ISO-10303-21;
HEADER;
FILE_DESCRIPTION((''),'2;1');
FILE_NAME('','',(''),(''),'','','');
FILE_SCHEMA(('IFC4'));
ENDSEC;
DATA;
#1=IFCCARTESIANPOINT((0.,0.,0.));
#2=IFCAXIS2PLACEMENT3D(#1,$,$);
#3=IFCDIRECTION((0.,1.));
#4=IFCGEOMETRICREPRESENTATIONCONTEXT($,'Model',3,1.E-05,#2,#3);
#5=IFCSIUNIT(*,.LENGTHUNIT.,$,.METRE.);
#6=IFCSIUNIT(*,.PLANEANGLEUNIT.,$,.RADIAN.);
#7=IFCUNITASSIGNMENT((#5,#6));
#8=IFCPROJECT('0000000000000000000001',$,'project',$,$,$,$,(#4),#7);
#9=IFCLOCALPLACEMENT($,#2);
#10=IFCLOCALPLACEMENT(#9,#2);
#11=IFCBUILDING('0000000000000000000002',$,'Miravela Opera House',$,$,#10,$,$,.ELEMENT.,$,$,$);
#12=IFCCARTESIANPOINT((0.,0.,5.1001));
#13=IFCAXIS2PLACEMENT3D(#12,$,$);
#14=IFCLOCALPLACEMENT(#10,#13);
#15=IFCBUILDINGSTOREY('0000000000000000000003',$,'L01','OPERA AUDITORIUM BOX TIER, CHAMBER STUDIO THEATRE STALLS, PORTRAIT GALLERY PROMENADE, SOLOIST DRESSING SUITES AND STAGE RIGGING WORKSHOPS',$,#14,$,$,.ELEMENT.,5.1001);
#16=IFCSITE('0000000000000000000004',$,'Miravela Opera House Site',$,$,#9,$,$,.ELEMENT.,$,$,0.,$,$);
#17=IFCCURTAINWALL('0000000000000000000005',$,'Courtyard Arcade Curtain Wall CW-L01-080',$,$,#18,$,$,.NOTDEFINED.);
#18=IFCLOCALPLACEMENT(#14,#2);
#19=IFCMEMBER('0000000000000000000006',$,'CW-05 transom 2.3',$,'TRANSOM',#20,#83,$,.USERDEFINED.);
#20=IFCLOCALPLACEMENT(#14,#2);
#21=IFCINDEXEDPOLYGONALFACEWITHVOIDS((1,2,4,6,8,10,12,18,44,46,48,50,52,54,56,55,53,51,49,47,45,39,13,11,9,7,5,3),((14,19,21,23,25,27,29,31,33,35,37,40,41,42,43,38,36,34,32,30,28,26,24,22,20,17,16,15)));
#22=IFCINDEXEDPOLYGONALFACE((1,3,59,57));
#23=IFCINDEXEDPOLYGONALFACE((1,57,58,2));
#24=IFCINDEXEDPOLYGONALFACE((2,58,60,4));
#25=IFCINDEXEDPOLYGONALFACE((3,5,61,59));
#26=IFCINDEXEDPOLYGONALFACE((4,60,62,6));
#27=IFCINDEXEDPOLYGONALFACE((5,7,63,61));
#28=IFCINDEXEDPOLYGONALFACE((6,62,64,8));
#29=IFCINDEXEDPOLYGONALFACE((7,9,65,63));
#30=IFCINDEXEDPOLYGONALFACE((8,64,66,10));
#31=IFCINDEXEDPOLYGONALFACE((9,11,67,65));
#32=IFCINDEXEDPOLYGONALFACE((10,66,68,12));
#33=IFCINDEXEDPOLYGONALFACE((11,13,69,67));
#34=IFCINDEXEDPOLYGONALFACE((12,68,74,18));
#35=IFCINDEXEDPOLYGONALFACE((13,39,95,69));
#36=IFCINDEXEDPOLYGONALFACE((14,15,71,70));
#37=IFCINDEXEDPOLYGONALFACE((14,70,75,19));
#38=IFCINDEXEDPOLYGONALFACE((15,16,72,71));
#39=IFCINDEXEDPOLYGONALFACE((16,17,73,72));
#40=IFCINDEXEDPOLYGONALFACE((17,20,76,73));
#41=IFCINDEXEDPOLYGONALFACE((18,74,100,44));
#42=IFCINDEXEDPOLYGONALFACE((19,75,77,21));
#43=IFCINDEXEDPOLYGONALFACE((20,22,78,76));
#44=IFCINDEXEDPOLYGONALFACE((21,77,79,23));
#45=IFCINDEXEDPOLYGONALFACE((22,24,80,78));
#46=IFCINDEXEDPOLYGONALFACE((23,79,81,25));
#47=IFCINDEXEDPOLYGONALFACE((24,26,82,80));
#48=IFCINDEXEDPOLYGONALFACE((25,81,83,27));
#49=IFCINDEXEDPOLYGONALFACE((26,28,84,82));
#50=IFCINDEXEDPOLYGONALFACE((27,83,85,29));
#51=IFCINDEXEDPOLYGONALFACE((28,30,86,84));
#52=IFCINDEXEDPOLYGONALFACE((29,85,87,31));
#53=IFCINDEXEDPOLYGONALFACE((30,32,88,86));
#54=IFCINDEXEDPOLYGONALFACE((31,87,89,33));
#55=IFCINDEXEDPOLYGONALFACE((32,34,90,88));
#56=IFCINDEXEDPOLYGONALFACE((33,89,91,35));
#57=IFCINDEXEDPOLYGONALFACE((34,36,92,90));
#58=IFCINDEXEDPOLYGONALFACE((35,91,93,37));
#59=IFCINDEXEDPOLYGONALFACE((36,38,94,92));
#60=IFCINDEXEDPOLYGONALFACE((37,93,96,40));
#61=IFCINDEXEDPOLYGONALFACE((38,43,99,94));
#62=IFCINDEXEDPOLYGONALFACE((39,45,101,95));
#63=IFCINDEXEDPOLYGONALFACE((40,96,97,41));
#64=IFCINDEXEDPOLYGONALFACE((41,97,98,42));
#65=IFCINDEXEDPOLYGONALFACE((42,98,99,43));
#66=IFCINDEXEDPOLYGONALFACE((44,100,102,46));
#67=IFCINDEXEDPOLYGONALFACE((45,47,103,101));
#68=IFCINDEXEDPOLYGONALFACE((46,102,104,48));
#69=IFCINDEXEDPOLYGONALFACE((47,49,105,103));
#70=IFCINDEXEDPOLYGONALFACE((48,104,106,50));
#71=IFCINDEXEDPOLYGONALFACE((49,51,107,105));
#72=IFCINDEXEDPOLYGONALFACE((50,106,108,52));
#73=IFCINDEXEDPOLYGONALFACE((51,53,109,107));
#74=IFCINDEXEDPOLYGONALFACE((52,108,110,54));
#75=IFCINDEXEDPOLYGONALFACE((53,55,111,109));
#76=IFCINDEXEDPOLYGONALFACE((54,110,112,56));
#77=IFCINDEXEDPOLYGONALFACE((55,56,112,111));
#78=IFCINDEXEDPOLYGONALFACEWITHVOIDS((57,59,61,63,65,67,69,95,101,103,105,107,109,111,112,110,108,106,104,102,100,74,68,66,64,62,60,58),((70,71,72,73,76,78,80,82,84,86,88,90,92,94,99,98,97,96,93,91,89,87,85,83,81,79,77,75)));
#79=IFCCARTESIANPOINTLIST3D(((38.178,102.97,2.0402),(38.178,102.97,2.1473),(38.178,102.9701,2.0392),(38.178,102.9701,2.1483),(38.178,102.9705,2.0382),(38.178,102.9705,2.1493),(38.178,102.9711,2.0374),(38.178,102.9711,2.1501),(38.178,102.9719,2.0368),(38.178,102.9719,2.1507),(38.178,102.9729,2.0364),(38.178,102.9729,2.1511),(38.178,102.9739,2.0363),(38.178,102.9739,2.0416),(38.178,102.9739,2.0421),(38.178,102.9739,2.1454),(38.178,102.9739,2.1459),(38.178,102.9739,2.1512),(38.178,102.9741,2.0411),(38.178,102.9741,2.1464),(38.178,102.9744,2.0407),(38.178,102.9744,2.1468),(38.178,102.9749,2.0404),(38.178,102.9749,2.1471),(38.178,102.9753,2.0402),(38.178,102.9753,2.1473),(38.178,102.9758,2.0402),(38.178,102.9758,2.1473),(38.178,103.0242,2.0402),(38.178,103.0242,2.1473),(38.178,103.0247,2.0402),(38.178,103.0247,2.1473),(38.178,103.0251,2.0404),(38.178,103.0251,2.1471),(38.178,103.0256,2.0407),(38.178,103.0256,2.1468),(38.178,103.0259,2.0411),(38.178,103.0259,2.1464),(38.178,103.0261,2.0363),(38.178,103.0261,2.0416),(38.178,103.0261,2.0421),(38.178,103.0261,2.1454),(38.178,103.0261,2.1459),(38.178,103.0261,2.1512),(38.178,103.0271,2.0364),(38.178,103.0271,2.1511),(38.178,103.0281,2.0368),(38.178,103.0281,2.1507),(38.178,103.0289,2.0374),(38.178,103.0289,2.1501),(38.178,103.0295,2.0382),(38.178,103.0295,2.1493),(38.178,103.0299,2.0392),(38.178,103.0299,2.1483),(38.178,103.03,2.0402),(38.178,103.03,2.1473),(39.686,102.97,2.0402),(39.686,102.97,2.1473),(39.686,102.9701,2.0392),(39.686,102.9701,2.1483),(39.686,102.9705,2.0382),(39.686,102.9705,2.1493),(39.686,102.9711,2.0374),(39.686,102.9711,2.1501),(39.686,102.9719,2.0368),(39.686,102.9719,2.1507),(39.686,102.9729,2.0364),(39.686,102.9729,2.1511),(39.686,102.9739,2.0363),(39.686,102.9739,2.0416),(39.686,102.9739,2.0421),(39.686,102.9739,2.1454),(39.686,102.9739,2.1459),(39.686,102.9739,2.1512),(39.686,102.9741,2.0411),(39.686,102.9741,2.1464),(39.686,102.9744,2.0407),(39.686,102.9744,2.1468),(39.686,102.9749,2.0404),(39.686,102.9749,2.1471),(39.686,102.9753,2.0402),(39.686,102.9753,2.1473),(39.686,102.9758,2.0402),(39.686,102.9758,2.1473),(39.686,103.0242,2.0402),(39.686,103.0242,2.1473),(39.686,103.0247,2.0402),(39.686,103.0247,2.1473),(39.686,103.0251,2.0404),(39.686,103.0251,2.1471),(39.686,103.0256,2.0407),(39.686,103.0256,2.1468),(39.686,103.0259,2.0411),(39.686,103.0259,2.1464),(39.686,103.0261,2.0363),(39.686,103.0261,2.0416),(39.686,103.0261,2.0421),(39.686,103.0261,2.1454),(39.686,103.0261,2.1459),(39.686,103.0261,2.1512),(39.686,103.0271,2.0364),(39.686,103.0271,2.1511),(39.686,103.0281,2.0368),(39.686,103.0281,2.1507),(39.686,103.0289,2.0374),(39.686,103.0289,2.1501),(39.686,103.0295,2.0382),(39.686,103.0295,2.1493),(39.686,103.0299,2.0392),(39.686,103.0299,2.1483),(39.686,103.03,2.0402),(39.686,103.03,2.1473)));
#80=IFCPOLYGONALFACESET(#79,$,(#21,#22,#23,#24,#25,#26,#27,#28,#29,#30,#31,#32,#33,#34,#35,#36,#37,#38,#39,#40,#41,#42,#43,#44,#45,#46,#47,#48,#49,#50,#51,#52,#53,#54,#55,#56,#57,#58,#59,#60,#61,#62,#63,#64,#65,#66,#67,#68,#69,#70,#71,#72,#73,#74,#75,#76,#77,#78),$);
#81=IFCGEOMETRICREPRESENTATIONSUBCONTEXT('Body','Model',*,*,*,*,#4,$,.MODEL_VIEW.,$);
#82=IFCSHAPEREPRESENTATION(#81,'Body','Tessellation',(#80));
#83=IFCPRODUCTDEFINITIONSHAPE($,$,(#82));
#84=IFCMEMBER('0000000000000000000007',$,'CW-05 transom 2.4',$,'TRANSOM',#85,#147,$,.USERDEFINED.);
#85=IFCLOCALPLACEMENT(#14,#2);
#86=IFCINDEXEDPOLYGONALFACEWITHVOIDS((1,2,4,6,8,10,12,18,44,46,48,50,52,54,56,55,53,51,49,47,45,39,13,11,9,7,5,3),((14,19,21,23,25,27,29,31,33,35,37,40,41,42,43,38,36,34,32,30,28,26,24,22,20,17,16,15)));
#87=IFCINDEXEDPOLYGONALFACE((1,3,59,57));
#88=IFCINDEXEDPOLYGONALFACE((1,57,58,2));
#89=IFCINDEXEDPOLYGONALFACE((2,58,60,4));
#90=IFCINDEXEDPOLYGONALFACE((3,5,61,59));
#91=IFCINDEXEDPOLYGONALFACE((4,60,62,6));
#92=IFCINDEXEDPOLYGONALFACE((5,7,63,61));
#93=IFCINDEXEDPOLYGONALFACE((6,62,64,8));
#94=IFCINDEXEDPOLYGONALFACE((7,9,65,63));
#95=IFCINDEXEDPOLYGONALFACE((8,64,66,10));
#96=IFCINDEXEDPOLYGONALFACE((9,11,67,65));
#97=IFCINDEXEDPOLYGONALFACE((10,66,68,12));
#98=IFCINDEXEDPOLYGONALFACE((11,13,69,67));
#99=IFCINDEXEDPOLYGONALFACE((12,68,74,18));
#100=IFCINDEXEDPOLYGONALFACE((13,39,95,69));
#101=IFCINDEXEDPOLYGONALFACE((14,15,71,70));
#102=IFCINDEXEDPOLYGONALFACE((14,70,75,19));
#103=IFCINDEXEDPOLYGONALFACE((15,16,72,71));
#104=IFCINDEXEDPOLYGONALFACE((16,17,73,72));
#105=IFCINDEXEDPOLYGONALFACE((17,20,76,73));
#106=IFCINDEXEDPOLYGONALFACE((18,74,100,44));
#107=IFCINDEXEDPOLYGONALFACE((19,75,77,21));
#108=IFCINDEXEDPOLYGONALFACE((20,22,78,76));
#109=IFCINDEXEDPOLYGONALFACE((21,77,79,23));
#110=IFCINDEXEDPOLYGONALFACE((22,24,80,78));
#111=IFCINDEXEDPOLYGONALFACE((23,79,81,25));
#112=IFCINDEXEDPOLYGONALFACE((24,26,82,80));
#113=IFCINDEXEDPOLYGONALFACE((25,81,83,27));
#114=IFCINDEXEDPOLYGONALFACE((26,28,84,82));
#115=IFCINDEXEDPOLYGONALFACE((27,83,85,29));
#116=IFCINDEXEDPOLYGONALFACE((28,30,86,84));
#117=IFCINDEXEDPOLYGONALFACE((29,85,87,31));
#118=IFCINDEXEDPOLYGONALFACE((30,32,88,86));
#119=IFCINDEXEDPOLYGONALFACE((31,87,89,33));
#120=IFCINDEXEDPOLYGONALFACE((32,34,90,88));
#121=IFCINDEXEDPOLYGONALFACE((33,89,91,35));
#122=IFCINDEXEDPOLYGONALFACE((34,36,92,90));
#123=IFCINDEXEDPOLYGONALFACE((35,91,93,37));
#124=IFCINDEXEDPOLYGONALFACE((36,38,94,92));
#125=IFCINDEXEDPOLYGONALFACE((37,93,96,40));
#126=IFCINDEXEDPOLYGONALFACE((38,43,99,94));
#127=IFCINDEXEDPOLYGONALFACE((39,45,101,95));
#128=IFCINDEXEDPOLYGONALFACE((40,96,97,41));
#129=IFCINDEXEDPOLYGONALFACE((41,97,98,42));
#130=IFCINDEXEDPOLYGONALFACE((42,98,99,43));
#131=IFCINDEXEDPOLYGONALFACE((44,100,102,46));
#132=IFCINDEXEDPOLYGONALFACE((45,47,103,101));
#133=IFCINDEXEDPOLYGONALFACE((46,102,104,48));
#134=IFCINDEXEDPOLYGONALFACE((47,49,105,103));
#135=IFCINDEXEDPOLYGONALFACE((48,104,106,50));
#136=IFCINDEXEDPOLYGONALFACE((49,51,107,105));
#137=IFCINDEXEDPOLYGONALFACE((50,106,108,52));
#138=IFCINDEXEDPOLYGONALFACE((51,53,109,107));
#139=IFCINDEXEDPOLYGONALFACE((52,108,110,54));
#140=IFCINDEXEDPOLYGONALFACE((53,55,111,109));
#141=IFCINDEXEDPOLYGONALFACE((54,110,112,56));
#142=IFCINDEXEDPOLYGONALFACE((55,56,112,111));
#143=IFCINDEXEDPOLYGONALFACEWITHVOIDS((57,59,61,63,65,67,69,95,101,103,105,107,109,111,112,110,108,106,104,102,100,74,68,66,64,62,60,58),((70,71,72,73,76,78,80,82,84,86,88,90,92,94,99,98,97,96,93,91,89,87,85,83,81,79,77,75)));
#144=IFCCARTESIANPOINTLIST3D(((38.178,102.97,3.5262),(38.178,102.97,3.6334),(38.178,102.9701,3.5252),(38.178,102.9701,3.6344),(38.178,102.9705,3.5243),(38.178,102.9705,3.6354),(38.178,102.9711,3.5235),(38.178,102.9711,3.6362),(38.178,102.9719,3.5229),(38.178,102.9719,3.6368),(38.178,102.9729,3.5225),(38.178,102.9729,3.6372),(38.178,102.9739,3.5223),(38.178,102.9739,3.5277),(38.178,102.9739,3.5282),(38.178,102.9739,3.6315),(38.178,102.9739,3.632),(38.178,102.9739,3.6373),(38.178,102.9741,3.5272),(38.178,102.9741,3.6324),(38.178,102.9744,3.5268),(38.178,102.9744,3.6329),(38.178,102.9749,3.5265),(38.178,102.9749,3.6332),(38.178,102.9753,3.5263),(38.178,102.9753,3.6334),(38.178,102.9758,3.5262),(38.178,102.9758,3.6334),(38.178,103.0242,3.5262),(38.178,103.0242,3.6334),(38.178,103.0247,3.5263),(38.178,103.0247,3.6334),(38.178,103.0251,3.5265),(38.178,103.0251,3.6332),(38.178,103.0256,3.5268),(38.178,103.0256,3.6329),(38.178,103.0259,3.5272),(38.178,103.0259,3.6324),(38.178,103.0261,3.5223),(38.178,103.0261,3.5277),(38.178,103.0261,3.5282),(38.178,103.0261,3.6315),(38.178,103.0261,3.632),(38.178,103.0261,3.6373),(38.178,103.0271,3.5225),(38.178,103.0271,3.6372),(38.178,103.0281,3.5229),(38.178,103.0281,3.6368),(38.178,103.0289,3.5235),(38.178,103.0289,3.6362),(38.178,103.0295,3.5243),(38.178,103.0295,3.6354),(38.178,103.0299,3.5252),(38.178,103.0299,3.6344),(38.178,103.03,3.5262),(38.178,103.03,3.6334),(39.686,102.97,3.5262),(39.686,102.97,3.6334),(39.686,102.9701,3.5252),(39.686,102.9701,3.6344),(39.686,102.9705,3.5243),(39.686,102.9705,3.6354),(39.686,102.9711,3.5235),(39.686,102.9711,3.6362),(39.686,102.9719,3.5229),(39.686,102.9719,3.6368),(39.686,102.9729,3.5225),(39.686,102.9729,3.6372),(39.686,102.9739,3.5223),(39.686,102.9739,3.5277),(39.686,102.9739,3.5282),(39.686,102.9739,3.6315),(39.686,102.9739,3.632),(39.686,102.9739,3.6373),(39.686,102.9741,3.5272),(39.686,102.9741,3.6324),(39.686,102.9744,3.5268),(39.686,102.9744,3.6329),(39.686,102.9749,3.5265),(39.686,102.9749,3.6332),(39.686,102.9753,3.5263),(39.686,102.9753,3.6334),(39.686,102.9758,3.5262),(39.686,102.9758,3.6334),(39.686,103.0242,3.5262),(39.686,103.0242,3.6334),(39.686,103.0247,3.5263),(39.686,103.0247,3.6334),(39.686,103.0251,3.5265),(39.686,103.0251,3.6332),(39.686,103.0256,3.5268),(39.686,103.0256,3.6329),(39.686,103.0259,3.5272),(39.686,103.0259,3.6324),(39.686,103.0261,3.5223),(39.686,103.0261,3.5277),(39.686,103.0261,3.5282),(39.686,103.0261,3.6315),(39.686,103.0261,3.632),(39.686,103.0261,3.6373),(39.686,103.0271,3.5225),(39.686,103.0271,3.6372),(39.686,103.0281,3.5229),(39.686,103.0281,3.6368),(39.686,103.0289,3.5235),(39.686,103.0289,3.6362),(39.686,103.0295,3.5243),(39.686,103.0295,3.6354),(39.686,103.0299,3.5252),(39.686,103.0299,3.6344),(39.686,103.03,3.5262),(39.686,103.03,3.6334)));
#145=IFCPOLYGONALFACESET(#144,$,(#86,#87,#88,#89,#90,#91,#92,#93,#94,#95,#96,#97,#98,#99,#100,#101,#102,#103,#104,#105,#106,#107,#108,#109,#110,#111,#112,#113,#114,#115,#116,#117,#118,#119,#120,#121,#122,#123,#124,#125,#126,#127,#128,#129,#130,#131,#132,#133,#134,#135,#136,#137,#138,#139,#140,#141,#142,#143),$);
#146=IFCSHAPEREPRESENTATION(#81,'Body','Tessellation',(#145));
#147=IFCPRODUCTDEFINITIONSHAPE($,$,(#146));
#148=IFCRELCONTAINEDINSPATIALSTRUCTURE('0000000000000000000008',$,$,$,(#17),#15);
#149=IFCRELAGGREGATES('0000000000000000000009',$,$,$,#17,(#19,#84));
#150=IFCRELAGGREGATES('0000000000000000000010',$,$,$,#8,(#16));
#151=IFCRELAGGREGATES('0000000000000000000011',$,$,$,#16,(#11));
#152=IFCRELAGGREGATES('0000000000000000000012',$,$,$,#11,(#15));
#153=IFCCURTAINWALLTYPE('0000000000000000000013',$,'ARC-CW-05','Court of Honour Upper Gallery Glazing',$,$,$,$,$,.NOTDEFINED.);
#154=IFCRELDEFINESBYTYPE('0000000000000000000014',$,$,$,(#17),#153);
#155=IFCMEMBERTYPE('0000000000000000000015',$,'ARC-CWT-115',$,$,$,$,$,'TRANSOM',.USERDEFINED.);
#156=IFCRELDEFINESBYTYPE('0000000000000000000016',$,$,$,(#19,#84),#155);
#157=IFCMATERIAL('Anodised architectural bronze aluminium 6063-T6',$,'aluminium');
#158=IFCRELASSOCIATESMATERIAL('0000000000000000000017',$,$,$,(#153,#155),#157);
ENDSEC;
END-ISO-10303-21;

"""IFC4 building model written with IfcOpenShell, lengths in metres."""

from ifc_helpers import new_model, si_unit, direction, frame, origin, origin_2d, place, context, subcontext, project, spatial, hollow_rectangle, extrude, material, material_profile, profile_set, type_object, element, aggregate, save


model = new_model("IFC4")

# Units and contexts
model_context = context("Model", 3, precision=1e-05, world=origin(), true_north=direction((0.0, 1.0)))
body_context = subcontext(model_context, "Body", "Model", "MODEL_VIEW")
ifc_project = project(units=[si_unit("LENGTHUNIT", "METRE"), si_unit("PLANEANGLEUNIT", "RADIAN")], contexts=[model_context])

# Site, building, storey
site_placement = place(None, origin())
site = spatial("IfcSite", under=ifc_project, at=site_placement, Name="Miravela Opera House Site", CompositionType="ELEMENT", RefElevation=0.0)
building_placement = place(site_placement, origin())
building = spatial("IfcBuilding", under=site, at=building_placement, Name="Miravela Opera House", CompositionType="ELEMENT")
storey_placement = place(building_placement, frame((0.0, 0.0, 5.1001)))
storey = spatial("IfcBuildingStorey", under=building, at=storey_placement, Name="L01", Description="OPERA AUDITORIUM BOX TIER, CHAMBER STUDIO THEATRE STALLS, PORTRAIT GALLERY PROMENADE, SOLOIST DRESSING SUITES AND STAGE RIGGING WORKSHOPS", CompositionType="ELEMENT", Elevation=5.1001)

# Curtain wall, members
ifc_material_1 = material(Name="Anodised architectural bronze aluminium 6063-T6", Category="aluminium")
curtain_wall_type = type_object("IfcCurtainWallType", Name="ARC-CW-05", Description="Court of Honour Upper Gallery Glazing", PredefinedType="NOTDEFINED", material=ifc_material_1)
curtain_wall_placement = place(storey_placement, origin())
curtain_wall = element("IfcCurtainWall", 1, at=curtain_wall_placement, inside=storey, type_object=curtain_wall_type, Name="Courtyard Arcade Curtain Wall CW-L01-080", PredefinedType="NOTDEFINED")
ifc_material_profile_1 = material_profile(ifc_material_1, hollow_rectangle(XDim=0.0601, YDim=0.115, WallThickness=0.0039, InnerFilletRadius=0.002, OuterFilletRadius=0.0039, at=origin_2d()), Name="CWT-60X115")
ifc_profile_set_1 = profile_set([ifc_material_profile_1])
member_type_1 = type_object("IfcMemberType", Name="ARC-CWT-115", ElementType="TRANSOM", PredefinedType="USERDEFINED", material=ifc_profile_set_1)
member_1_placement = place(storey_placement, frame((38.178, 103.0, 2.0938), z_axis=(1.0, 0.0, 0.0), x_axis=(0.0, 1.0, 0.0)))
member_1 = element("IfcMember", 2, at=member_1_placement, type_object=member_type_1, Name="CW-05 transom 2.3", ObjectType="TRANSOM", PredefinedType="USERDEFINED", context=body_context, shape_type="SweptSolid", body=[
    extrude(hollow_rectangle(XDim=0.0601, YDim=0.115, WallThickness=0.0039, InnerFilletRadius=0.002, OuterFilletRadius=0.0039, at=origin_2d()), origin(), (0.0, 0.0, 1.0), 1.5081),
])
member_2_placement = place(storey_placement, frame((38.178, 103.0, 3.5798), z_axis=(1.0, 0.0, 0.0), x_axis=(0.0, 1.0, 0.0)))
member_2 = element("IfcMember", 3, at=member_2_placement, type_object=member_type_1, Name="CW-05 transom 2.4", ObjectType="TRANSOM", PredefinedType="USERDEFINED", context=body_context, shape_type="SweptSolid", body=[
    extrude(hollow_rectangle(XDim=0.0601, YDim=0.115, WallThickness=0.0039, InnerFilletRadius=0.002, OuterFilletRadius=0.0039, at=origin_2d()), origin(), (0.0, 0.0, 1.0), 1.5081),
])

aggregate(curtain_wall, [member_1, member_2])

save(model, "model.ifc")
